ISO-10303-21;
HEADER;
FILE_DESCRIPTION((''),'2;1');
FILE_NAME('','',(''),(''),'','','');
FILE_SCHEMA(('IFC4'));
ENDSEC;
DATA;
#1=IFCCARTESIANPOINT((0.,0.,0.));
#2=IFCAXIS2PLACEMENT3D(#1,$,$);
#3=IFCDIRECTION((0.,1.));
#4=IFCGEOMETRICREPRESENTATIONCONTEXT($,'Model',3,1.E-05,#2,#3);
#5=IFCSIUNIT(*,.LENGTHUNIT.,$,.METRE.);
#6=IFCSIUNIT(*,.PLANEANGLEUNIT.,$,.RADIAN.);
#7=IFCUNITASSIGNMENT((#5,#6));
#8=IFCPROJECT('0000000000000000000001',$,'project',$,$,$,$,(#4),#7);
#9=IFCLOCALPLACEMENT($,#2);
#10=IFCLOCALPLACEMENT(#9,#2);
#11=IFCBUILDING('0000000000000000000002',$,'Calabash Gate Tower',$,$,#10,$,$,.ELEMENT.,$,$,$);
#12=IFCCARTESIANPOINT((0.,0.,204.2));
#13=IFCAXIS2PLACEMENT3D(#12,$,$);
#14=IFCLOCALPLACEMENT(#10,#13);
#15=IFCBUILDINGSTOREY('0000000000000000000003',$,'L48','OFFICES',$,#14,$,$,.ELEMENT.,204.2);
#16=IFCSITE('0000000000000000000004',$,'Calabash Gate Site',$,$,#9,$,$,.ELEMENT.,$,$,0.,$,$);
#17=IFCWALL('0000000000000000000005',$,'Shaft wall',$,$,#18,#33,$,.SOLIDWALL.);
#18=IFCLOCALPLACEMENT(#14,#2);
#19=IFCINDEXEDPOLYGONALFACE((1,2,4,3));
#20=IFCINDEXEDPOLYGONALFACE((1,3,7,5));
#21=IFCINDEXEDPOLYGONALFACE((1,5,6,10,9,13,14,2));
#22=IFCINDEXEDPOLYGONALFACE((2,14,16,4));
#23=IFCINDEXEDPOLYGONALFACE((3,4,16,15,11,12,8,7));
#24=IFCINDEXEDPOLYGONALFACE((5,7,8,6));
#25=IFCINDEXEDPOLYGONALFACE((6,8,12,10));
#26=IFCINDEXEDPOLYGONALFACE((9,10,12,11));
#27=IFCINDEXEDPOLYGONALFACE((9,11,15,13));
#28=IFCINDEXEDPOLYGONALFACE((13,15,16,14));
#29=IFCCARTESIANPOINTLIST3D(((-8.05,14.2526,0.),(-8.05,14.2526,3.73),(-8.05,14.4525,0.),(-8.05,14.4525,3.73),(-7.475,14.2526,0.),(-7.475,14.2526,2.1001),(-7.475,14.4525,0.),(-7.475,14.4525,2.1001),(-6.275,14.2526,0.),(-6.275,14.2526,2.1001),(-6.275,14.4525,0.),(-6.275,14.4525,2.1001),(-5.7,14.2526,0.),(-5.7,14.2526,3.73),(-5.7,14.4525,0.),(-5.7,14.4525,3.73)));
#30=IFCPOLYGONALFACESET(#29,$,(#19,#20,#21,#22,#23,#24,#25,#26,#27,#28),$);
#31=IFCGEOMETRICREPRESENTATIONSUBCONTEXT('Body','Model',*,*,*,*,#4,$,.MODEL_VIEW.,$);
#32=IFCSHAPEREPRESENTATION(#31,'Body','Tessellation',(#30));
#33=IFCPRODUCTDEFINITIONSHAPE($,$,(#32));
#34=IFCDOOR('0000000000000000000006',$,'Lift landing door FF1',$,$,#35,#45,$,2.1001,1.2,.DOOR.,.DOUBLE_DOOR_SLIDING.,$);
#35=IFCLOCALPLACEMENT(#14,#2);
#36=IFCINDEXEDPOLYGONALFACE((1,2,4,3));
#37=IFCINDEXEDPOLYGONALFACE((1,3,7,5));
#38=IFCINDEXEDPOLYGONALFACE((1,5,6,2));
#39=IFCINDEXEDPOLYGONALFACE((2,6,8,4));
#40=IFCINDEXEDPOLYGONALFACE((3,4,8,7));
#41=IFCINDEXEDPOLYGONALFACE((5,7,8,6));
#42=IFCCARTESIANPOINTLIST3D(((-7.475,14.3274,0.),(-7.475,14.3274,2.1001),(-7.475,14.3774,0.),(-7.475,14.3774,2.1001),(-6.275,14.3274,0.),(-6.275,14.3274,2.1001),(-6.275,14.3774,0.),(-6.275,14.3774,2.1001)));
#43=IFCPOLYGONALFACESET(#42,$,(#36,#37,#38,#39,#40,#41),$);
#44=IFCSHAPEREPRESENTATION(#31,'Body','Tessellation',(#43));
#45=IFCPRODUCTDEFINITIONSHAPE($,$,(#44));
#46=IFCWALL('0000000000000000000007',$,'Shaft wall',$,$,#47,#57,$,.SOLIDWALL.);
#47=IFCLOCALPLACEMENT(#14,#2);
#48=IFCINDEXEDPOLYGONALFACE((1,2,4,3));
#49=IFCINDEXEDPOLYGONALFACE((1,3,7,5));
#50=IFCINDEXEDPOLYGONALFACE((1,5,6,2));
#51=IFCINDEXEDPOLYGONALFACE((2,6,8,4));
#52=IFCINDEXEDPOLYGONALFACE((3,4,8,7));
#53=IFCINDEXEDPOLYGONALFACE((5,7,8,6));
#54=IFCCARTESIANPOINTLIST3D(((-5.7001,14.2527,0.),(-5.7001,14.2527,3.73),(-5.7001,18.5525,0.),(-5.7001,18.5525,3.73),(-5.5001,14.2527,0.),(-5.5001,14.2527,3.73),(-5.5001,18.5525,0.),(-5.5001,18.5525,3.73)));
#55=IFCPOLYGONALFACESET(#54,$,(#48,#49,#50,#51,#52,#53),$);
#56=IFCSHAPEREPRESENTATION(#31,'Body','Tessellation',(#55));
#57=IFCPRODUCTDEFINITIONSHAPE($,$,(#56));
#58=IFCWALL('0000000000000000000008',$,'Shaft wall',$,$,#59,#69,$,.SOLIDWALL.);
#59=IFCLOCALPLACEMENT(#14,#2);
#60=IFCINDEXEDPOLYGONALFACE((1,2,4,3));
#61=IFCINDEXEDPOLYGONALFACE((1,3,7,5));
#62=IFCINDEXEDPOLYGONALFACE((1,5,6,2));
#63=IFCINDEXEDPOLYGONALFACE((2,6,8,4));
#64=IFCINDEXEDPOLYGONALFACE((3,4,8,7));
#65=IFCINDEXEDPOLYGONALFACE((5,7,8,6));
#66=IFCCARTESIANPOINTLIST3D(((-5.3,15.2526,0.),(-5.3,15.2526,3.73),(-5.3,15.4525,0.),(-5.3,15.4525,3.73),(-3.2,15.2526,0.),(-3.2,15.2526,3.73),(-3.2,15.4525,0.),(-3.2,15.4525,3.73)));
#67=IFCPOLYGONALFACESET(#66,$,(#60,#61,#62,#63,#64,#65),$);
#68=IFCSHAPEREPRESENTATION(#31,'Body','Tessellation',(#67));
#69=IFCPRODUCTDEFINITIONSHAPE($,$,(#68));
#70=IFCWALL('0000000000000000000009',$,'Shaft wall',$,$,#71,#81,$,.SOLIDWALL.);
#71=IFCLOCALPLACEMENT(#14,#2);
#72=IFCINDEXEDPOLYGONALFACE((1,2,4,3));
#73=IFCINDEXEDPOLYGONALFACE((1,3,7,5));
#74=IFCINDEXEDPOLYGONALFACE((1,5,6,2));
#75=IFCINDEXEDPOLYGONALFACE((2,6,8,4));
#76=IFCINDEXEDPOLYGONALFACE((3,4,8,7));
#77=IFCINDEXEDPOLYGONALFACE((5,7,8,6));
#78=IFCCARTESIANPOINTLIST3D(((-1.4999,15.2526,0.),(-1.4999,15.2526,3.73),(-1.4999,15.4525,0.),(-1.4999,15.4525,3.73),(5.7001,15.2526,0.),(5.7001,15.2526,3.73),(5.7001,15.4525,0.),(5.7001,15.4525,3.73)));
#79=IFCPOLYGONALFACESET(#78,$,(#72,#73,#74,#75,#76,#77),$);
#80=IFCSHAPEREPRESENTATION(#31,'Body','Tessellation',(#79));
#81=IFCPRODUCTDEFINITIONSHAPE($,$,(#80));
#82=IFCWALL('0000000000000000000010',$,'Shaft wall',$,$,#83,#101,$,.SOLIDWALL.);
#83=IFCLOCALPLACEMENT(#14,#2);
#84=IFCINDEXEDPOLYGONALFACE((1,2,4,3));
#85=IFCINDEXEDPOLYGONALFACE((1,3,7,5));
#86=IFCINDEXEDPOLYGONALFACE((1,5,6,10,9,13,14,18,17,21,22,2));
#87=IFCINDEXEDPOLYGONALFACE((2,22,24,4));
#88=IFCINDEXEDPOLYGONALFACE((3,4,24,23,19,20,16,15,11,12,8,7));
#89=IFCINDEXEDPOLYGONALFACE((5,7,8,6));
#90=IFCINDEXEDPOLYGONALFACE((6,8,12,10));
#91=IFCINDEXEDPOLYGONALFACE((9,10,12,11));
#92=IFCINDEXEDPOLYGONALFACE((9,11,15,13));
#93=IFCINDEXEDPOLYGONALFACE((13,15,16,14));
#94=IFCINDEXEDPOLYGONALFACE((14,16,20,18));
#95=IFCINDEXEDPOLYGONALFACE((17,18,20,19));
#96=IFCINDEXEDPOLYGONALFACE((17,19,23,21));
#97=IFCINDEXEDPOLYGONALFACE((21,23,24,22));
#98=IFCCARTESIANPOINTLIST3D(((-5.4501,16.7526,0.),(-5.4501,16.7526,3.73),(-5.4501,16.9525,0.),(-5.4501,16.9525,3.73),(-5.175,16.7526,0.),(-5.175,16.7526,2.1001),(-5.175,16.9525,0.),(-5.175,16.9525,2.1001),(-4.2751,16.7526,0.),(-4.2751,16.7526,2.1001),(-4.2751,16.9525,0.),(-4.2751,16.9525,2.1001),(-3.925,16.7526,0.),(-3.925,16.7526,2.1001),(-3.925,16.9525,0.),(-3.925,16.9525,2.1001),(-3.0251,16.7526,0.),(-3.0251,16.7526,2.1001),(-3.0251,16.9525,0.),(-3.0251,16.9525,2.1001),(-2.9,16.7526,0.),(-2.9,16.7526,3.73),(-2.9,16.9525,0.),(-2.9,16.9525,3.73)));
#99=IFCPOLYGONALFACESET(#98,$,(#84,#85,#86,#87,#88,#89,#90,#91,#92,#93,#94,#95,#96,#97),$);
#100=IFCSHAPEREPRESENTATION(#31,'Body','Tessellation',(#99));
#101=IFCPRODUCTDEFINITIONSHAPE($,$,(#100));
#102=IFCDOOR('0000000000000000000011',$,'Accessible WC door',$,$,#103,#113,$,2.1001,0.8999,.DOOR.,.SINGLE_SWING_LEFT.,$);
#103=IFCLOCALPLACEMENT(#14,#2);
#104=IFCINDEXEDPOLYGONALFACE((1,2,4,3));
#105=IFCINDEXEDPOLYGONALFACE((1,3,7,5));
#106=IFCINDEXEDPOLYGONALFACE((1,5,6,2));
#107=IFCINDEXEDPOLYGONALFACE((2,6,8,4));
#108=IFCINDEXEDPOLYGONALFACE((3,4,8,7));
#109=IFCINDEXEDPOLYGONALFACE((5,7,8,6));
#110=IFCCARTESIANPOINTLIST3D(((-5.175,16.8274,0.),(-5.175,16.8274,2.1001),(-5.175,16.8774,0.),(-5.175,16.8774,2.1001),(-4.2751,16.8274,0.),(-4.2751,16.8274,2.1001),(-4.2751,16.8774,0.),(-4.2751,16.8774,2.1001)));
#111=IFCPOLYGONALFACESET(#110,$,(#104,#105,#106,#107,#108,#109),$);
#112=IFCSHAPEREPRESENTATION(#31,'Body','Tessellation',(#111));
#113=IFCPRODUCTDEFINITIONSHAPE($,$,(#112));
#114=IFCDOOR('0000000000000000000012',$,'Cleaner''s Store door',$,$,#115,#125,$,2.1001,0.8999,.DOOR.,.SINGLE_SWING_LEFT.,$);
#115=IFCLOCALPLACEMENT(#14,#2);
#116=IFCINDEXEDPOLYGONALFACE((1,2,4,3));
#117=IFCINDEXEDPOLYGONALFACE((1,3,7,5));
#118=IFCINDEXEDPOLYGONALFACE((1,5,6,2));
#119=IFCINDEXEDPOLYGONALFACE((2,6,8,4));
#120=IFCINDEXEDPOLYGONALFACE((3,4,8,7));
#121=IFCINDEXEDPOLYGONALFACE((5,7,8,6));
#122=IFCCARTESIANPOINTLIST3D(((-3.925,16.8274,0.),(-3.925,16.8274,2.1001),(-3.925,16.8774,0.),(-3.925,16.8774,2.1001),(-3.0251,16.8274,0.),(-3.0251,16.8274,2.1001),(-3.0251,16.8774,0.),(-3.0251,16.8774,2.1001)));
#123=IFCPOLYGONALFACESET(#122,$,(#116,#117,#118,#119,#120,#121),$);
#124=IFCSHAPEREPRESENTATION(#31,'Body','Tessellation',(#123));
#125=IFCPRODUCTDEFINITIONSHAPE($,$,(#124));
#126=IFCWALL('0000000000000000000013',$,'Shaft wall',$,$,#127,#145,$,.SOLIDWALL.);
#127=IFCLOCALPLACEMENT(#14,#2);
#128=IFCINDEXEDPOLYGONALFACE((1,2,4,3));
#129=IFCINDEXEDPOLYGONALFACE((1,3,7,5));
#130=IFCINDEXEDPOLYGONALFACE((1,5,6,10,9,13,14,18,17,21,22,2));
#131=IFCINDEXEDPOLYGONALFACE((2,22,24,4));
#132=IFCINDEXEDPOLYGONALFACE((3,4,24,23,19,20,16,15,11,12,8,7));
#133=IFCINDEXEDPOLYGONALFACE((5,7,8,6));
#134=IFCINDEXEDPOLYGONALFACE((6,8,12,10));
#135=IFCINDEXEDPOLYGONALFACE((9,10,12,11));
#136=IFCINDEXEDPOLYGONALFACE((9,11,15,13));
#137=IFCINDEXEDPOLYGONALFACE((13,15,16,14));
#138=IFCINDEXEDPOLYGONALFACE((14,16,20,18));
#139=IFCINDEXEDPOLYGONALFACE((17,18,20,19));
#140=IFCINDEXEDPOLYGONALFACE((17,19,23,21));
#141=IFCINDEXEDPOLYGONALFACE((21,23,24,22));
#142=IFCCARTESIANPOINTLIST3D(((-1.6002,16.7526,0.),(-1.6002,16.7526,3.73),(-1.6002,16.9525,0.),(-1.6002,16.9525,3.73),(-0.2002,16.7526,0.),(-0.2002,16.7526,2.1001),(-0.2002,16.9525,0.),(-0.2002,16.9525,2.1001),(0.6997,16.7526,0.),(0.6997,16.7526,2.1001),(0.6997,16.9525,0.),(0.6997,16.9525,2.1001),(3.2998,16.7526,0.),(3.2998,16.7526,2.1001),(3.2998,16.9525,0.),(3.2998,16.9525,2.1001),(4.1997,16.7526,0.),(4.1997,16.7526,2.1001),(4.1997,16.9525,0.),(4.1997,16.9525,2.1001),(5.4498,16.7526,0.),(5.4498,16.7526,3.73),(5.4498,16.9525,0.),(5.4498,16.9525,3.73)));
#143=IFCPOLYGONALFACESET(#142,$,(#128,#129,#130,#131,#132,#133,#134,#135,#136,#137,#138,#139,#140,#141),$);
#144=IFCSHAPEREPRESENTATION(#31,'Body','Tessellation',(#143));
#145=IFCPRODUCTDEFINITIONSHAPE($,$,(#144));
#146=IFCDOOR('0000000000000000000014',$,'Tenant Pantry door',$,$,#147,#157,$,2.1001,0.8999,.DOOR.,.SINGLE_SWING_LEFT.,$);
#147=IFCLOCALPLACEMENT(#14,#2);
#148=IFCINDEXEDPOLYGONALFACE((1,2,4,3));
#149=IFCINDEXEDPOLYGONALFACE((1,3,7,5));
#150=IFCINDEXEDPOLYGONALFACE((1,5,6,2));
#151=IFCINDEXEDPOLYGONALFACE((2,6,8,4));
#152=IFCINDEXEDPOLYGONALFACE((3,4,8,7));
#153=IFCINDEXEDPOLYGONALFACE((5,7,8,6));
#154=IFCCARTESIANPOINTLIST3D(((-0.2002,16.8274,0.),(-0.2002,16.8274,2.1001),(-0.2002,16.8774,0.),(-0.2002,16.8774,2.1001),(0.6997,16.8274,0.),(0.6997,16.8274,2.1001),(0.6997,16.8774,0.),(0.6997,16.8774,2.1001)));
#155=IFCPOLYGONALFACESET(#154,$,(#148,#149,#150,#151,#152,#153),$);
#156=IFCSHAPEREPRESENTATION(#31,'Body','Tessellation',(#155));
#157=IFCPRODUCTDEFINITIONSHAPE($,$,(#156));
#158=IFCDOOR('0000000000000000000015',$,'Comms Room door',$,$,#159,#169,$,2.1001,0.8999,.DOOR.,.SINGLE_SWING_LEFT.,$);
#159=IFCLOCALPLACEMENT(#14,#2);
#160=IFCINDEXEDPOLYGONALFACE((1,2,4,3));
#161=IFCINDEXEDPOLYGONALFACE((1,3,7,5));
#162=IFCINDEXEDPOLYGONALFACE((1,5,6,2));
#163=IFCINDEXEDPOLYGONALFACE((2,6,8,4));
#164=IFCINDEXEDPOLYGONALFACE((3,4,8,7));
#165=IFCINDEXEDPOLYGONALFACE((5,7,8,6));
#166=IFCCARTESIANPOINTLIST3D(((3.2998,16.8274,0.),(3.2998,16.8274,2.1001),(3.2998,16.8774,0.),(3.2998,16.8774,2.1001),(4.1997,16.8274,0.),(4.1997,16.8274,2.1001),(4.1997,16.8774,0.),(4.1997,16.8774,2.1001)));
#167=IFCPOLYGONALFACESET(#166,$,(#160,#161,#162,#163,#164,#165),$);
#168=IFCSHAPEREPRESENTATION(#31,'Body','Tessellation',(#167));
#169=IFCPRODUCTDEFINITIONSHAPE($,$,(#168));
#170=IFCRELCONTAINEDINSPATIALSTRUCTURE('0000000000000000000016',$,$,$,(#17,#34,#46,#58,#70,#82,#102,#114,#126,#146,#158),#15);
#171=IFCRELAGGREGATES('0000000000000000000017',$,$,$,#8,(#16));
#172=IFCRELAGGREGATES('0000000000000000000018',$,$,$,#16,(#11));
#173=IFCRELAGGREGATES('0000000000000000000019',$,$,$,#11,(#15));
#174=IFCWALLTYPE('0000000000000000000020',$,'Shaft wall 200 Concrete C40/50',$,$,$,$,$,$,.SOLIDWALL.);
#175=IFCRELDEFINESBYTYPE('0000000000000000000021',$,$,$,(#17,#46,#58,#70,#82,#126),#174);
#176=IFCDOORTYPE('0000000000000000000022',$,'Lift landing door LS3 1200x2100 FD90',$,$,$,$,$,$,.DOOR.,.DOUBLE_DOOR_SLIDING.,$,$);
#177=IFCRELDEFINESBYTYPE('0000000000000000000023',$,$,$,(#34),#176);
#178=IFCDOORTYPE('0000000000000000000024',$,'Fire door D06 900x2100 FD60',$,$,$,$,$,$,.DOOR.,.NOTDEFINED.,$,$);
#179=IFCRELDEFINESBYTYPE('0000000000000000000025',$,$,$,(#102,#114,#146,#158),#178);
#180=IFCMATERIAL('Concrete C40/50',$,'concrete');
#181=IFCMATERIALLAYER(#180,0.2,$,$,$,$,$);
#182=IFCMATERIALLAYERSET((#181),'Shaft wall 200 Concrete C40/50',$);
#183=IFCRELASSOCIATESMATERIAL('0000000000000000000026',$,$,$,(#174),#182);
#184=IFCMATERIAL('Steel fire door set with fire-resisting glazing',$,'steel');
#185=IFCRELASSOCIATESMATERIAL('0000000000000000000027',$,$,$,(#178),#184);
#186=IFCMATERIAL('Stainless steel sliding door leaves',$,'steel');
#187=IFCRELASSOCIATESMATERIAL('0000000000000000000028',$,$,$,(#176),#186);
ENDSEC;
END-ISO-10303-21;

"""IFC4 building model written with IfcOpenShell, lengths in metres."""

from ifc_helpers import new_model, si_unit, direction, frame, frame_2d, origin, place, context, subcontext, project, spatial, rectangle, extrude, material, layer, layer_set, type_object, element, fill, save


model = new_model("IFC4")

# Units and contexts
model_context = context("Model", 3, precision=1e-05, world=origin(), true_north=direction((0.0, 1.0)))
body_context = subcontext(model_context, "Body", "Model", "MODEL_VIEW")
ifc_project = project(units=[si_unit("LENGTHUNIT", "METRE"), si_unit("PLANEANGLEUNIT", "RADIAN")], contexts=[model_context])

# Site, building, storey
site_placement = place(None, origin())
site = spatial("IfcSite", under=ifc_project, at=site_placement, Name="Calabash Gate Site", CompositionType="ELEMENT", RefElevation=0.0)
building_placement = place(site_placement, origin())
building = spatial("IfcBuilding", under=site, at=building_placement, Name="Calabash Gate Tower", CompositionType="ELEMENT")
storey_placement = place(building_placement, frame((0.0, 0.0, 204.2)))
storey = spatial("IfcBuildingStorey", under=building, at=storey_placement, Name="L48", Description="OFFICES", CompositionType="ELEMENT", Elevation=204.2)

# Shared definitions
ifc_material_1 = material(Name="Concrete C40/50", Category="concrete")
ifc_layer_1 = layer(ifc_material_1, 0.2)
ifc_layer_set_1 = layer_set([ifc_layer_1], Name="Shaft wall 200 Concrete C40/50")
wall_type_1 = type_object("IfcWallType", Name="Shaft wall 200 Concrete C40/50", PredefinedType="SOLIDWALL", material=ifc_layer_set_1)
ifc_material_2 = material(Name="Steel fire door set with fire-resisting glazing", Category="steel")
door_type_1 = type_object("IfcDoorType", Name="Fire door D06 900x2100 FD60", OperationType="NOTDEFINED", PredefinedType="DOOR", material=ifc_material_2)

# Wall, opening, door
wall_1_placement = place(storey_placement, frame((-8.05, 14.3525, 0.0), z_axis=(0.0, 0.0, 1.0), x_axis=(1.0, 0.0, 0.0)))
wall_1 = element("IfcWall", 1, at=wall_1_placement, inside=storey, type_object=wall_type_1, Name="Shaft wall", PredefinedType="SOLIDWALL", context=body_context, shape_type="SweptSolid", body=[
    extrude(rectangle(XDim=2.3501, YDim=0.2, at=frame_2d((1.175, 0.0))), origin(), (0.0, 0.0, 1.0), 3.73),
])
opening_1_placement = place(wall_1_placement, frame((0.575, 0.0, 0.0)))
opening_1 = element("IfcOpeningElement", 2, at=opening_1_placement, cuts=wall_1, PredefinedType="OPENING", context=body_context, shape_type="SweptSolid", body=[
    extrude(rectangle(XDim=1.2, YDim=2.1001, at=frame_2d((0.6001, 1.05))), frame((0.0, 0.1099, 0.0), z_axis=(0.0, -1.0, 0.0), x_axis=(1.0, 0.0, 0.0)), (0.0, 0.0, 1.0), 0.22),
])
ifc_material_3 = material(Name="Stainless steel sliding door leaves", Category="steel")
door_type_2 = type_object("IfcDoorType", Name="Lift landing door LS3 1200x2100 FD90", OperationType="DOUBLE_DOOR_SLIDING", PredefinedType="DOOR", material=ifc_material_3)
door_1_placement = place(opening_1_placement, origin())
door_1 = element("IfcDoor", 3, at=door_1_placement, inside=storey, type_object=door_type_2, Name="Lift landing door FF1", OperationType="DOUBLE_DOOR_SLIDING", OverallHeight=2.1001, OverallWidth=1.2, PredefinedType="DOOR", context=body_context, shape_type="SweptSolid", body=[
    extrude(rectangle(XDim=1.2, YDim=2.1001, at=frame_2d((0.6001, 1.05))), frame((0.0, 0.0249, 0.0), z_axis=(0.0, -1.0, 0.0), x_axis=(1.0, 0.0, 0.0)), (0.0, 0.0, 1.0), 0.05),
])
fill(opening_1, door_1)

# Walls
wall_2_placement = place(storey_placement, frame((-5.6001, 14.2527, 0.0), z_axis=(0.0, 0.0, 1.0), x_axis=(0.0, 1.0, 0.0)))
element("IfcWall", 4, at=wall_2_placement, inside=storey, type_object=wall_type_1, Name="Shaft wall", PredefinedType="SOLIDWALL", context=body_context, shape_type="SweptSolid", body=[
    extrude(rectangle(XDim=4.2998, YDim=0.2, at=frame_2d((2.1499, 0.0))), origin(), (0.0, 0.0, 1.0), 3.73),
])
wall_3_placement = place(storey_placement, frame((-5.3, 15.3525, 0.0), z_axis=(0.0, 0.0, 1.0), x_axis=(1.0, 0.0, 0.0)))
element("IfcWall", 5, at=wall_3_placement, inside=storey, type_object=wall_type_1, Name="Shaft wall", PredefinedType="SOLIDWALL", context=body_context, shape_type="SweptSolid", body=[
    extrude(rectangle(XDim=2.1001, YDim=0.2, at=frame_2d((1.05, 0.0))), origin(), (0.0, 0.0, 1.0), 3.73),
])
wall_4_placement = place(storey_placement, frame((-1.5, 15.3525, 0.0), z_axis=(0.0, 0.0, 1.0), x_axis=(1.0, 0.0, 0.0)))
element("IfcWall", 6, at=wall_4_placement, inside=storey, type_object=wall_type_1, Name="Shaft wall", PredefinedType="SOLIDWALL", context=body_context, shape_type="SweptSolid", body=[
    extrude(rectangle(XDim=7.2, YDim=0.2, at=frame_2d((3.6001, 0.0))), origin(), (0.0, 0.0, 1.0), 3.73),
])

# Walls, openings, doors
wall_5_placement = place(storey_placement, frame((-5.45, 16.8525, 0.0), z_axis=(0.0, 0.0, 1.0), x_axis=(1.0, 0.0, 0.0)))
wall_5 = element("IfcWall", 7, at=wall_5_placement, inside=storey, type_object=wall_type_1, Name="Shaft wall", PredefinedType="SOLIDWALL", context=body_context, shape_type="SweptSolid", body=[
    extrude(rectangle(XDim=2.55, YDim=0.2, at=frame_2d((1.2749, 0.0))), origin(), (0.0, 0.0, 1.0), 3.73),
])
opening_2_placement = place(wall_5_placement, frame((0.2749, 0.0, 0.0)))
opening_2 = element("IfcOpeningElement", 8, at=opening_2_placement, cuts=wall_5, PredefinedType="OPENING", context=body_context, shape_type="SweptSolid", body=[
    extrude(rectangle(XDim=0.8999, YDim=2.1001, at=frame_2d((0.45, 1.05))), frame((0.0, 0.1099, 0.0), z_axis=(0.0, -1.0, 0.0), x_axis=(1.0, 0.0, 0.0)), (0.0, 0.0, 1.0), 0.22),
])
opening_3_placement = place(wall_5_placement, frame((1.5249, 0.0, 0.0)))
opening_3 = element("IfcOpeningElement", 9, at=opening_3_placement, cuts=wall_5, PredefinedType="OPENING", context=body_context, shape_type="SweptSolid", body=[
    extrude(rectangle(XDim=0.8999, YDim=2.1001, at=frame_2d((0.45, 1.05))), frame((0.0, 0.1099, 0.0), z_axis=(0.0, -1.0, 0.0), x_axis=(1.0, 0.0, 0.0)), (0.0, 0.0, 1.0), 0.22),
])
door_2_placement = place(opening_2_placement, origin())
door_2 = element("IfcDoor", 10, at=door_2_placement, inside=storey, type_object=door_type_1, Name="Accessible WC door", OperationType="SINGLE_SWING_LEFT", OverallHeight=2.1001, OverallWidth=0.8999, PredefinedType="DOOR", context=body_context, shape_type="SweptSolid", body=[
    extrude(rectangle(XDim=0.8999, YDim=2.1001, at=frame_2d((0.45, 1.05))), frame((0.0, 0.0249, 0.0), z_axis=(0.0, -1.0, 0.0), x_axis=(1.0, 0.0, 0.0)), (0.0, 0.0, 1.0), 0.05),
])
fill(opening_2, door_2)
door_3_placement = place(opening_3_placement, origin())
door_3 = element("IfcDoor", 11, at=door_3_placement, inside=storey, type_object=door_type_1, Name="Cleaner's Store door", OperationType="SINGLE_SWING_LEFT", OverallHeight=2.1001, OverallWidth=0.8999, PredefinedType="DOOR", context=body_context, shape_type="SweptSolid", body=[
    extrude(rectangle(XDim=0.8999, YDim=2.1001, at=frame_2d((0.45, 1.05))), frame((0.0, 0.0249, 0.0), z_axis=(0.0, -1.0, 0.0), x_axis=(1.0, 0.0, 0.0)), (0.0, 0.0, 1.0), 0.05),
])
fill(opening_3, door_3)
wall_6_placement = place(storey_placement, frame((-1.6001, 16.8525, 0.0), z_axis=(0.0, 0.0, 1.0), x_axis=(1.0, 0.0, 0.0)))
wall_6 = element("IfcWall", 12, at=wall_6_placement, inside=storey, type_object=wall_type_1, Name="Shaft wall", PredefinedType="SOLIDWALL", context=body_context, shape_type="SweptSolid", body=[
    extrude(rectangle(XDim=7.05, YDim=0.2, at=frame_2d((3.5249, 0.0))), origin(), (0.0, 0.0, 1.0), 3.73),
])
opening_4_placement = place(wall_6_placement, frame((1.3999, 0.0, 0.0)))
opening_4 = element("IfcOpeningElement", 13, at=opening_4_placement, cuts=wall_6, PredefinedType="OPENING", context=body_context, shape_type="SweptSolid", body=[
    extrude(rectangle(XDim=0.8999, YDim=2.1001, at=frame_2d((0.45, 1.05))), frame((0.0, 0.1099, 0.0), z_axis=(0.0, -1.0, 0.0), x_axis=(1.0, 0.0, 0.0)), (0.0, 0.0, 1.0), 0.22),
])
opening_5_placement = place(wall_6_placement, frame((4.8999, 0.0, 0.0)))
opening_5 = element("IfcOpeningElement", 14, at=opening_5_placement, cuts=wall_6, PredefinedType="OPENING", context=body_context, shape_type="SweptSolid", body=[
    extrude(rectangle(XDim=0.8999, YDim=2.1001, at=frame_2d((0.45, 1.05))), frame((0.0, 0.1099, 0.0), z_axis=(0.0, -1.0, 0.0), x_axis=(1.0, 0.0, 0.0)), (0.0, 0.0, 1.0), 0.22),
])
door_4_placement = place(opening_4_placement, origin())
door_4 = element("IfcDoor", 15, at=door_4_placement, inside=storey, type_object=door_type_1, Name="Tenant Pantry door", OperationType="SINGLE_SWING_LEFT", OverallHeight=2.1001, OverallWidth=0.8999, PredefinedType="DOOR", context=body_context, shape_type="SweptSolid", body=[
    extrude(rectangle(XDim=0.8999, YDim=2.1001, at=frame_2d((0.45, 1.05))), frame((0.0, 0.0249, 0.0), z_axis=(0.0, -1.0, 0.0), x_axis=(1.0, 0.0, 0.0)), (0.0, 0.0, 1.0), 0.05),
])
fill(opening_4, door_4)
door_5_placement = place(opening_5_placement, origin())
door_5 = element("IfcDoor", 16, at=door_5_placement, inside=storey, type_object=door_type_1, Name="Comms Room door", OperationType="SINGLE_SWING_LEFT", OverallHeight=2.1001, OverallWidth=0.8999, PredefinedType="DOOR", context=body_context, shape_type="SweptSolid", body=[
    extrude(rectangle(XDim=0.8999, YDim=2.1001, at=frame_2d((0.45, 1.05))), frame((0.0, 0.0249, 0.0), z_axis=(0.0, -1.0, 0.0), x_axis=(1.0, 0.0, 0.0)), (0.0, 0.0, 1.0), 0.05),
])
fill(opening_5, door_5)

save(model, "model.ifc")
